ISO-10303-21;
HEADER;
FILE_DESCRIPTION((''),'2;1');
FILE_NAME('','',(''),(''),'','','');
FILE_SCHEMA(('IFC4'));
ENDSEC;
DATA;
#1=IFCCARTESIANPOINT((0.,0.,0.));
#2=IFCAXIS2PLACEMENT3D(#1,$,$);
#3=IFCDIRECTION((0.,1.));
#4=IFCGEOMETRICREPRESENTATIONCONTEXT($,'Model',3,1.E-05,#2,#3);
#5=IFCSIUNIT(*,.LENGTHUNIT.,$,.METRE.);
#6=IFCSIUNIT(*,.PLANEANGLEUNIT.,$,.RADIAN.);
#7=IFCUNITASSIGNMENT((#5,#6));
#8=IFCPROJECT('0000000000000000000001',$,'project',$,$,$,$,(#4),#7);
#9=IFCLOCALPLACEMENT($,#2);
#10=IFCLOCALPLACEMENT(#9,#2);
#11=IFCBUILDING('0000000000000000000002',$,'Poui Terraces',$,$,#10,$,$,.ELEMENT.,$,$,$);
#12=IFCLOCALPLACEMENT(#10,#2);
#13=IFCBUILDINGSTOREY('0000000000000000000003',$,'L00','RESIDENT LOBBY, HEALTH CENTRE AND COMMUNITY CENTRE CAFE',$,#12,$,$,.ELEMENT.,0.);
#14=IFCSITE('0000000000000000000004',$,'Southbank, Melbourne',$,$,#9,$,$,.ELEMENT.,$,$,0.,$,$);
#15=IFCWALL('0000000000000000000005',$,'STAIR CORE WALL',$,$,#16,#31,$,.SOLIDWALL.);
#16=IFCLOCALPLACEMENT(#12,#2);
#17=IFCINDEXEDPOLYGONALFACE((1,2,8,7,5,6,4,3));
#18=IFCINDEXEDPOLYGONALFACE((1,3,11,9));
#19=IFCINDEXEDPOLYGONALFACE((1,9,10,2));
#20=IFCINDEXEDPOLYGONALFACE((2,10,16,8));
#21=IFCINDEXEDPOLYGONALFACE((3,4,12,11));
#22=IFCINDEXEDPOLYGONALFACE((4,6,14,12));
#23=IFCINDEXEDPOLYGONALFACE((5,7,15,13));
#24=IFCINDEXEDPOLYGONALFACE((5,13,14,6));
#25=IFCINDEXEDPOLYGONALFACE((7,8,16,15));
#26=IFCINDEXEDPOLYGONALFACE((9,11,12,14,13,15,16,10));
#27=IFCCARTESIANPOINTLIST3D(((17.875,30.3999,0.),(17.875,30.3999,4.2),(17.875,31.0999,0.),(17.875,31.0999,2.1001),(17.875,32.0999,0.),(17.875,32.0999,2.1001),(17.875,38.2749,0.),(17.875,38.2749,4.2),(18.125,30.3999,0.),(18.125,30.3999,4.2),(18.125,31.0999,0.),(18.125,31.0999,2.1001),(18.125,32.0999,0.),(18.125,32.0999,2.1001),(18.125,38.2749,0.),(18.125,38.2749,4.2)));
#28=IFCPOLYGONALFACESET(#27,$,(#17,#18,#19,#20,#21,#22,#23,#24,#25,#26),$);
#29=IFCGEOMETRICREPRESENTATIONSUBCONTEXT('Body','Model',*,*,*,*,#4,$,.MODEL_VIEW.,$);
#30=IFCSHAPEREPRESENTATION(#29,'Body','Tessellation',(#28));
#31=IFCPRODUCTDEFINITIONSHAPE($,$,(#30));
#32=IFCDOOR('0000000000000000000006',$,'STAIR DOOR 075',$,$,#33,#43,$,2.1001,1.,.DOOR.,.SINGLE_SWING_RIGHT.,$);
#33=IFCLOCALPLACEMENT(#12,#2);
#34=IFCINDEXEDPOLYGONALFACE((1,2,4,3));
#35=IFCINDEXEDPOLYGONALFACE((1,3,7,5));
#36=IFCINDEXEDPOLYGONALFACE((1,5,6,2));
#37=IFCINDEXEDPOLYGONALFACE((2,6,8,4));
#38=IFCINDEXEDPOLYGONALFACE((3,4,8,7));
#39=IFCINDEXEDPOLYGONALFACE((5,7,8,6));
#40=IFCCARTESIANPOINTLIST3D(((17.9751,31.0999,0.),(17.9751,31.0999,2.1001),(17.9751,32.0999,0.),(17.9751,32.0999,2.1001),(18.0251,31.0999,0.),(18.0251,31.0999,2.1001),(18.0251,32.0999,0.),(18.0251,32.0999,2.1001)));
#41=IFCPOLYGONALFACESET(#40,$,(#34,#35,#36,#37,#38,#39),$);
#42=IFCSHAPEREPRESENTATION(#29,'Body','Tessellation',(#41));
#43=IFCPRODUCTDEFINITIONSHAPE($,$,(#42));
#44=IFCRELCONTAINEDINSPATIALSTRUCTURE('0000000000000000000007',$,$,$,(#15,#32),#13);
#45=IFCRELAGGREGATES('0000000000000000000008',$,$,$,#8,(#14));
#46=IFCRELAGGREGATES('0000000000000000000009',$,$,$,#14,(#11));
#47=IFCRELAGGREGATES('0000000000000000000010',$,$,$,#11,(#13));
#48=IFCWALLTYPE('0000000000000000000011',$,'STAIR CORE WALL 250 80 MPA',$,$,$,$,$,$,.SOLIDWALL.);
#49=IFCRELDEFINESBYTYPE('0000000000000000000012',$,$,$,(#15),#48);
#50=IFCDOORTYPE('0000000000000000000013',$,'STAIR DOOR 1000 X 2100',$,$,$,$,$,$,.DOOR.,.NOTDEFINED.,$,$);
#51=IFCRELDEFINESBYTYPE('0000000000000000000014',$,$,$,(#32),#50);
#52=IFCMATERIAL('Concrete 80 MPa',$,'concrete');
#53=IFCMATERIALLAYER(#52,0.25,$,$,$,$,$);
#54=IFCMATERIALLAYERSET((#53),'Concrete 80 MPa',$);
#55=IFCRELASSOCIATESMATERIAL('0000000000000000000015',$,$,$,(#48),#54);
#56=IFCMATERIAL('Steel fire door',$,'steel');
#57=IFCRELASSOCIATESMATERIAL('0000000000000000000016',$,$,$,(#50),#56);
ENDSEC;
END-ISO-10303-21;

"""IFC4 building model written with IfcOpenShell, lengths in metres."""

from ifc_helpers import new_model, si_unit, direction, frame, frame_2d, origin, place, context, subcontext, project, spatial, rectangle, extrude, material, layer, layer_set, type_object, element, fill, save


model = new_model("IFC4")

# Units and contexts
model_context = context("Model", 3, precision=1e-05, world=origin(), true_north=direction((0.0, 1.0)))
body_context = subcontext(model_context, "Body", "Model", "MODEL_VIEW")
ifc_project = project(units=[si_unit("LENGTHUNIT", "METRE"), si_unit("PLANEANGLEUNIT", "RADIAN")], contexts=[model_context])

# Site, building, storey
site_placement = place(None, origin())
site = spatial("IfcSite", under=ifc_project, at=site_placement, Name="Southbank, Melbourne", CompositionType="ELEMENT", RefElevation=0.0)
building_placement = place(site_placement, origin())
building = spatial("IfcBuilding", under=site, at=building_placement, Name="Poui Terraces", CompositionType="ELEMENT")
storey_placement = place(building_placement, origin())
storey = spatial("IfcBuildingStorey", under=building, at=storey_placement, Name="L00", Description="RESIDENT LOBBY, HEALTH CENTRE AND COMMUNITY CENTRE CAFE", CompositionType="ELEMENT", Elevation=0.0)

# Shared definitions
ifc_material_1 = material(Name="Concrete 80 MPa", Category="concrete")

# Shared definitions
ifc_material_2 = material(Name="Steel fire door", Category="steel")

# Shared definitions
ifc_layer_1 = layer(ifc_material_1, 0.25)
ifc_layer_set_1 = layer_set([ifc_layer_1], Name="Concrete 80 MPa")
wall_type_1 = type_object("IfcWallType", Name="STAIR CORE WALL 250 80 MPA", PredefinedType="SOLIDWALL", material=ifc_layer_set_1)

# Wall, opening, door
wall_1_placement = place(storey_placement, frame((18.0, 30.3999, 0.0), z_axis=(0.0, 0.0, 1.0), x_axis=(0.0, 1.0, 0.0)))
wall_1 = element("IfcWall", 1, at=wall_1_placement, inside=storey, type_object=wall_type_1, Name="STAIR CORE WALL", PredefinedType="SOLIDWALL", context=body_context, shape_type="SweptSolid", body=[
    extrude(rectangle(XDim=7.875, YDim=0.25, at=frame_2d((3.9375, 0.0))), origin(), (0.0, 0.0, 1.0), 4.2),
])
opening_1_placement = place(wall_1_placement, frame((0.7, 0.0, 0.0)))
opening_1 = element("IfcOpeningElement", 2, at=opening_1_placement, cuts=wall_1, PredefinedType="OPENING", context=body_context, shape_type="SweptSolid", body=[
    extrude(rectangle(XDim=1.0, YDim=2.1001, at=frame_2d((0.5, 1.05))), frame((0.0, 0.135, 0.0), z_axis=(0.0, -1.0, 0.0), x_axis=(1.0, 0.0, 0.0)), (0.0, 0.0, 1.0), 0.27),
])
door_type_1 = type_object("IfcDoorType", Name="STAIR DOOR 1000 X 2100", OperationType="NOTDEFINED", PredefinedType="DOOR", material=ifc_material_2)
door_1_placement = place(opening_1_placement, origin())
door_1 = element("IfcDoor", 3, at=door_1_placement, inside=storey, type_object=door_type_1, Name="STAIR DOOR 075", OperationType="SINGLE_SWING_RIGHT", OverallHeight=2.1001, OverallWidth=1.0, PredefinedType="DOOR", context=body_context, shape_type="SweptSolid", body=[
    extrude(rectangle(XDim=1.0, YDim=2.1001, at=frame_2d((0.5, 1.05))), frame((0.0, 0.0249, 0.0), z_axis=(0.0, -1.0, 0.0), x_axis=(1.0, 0.0, 0.0)), (0.0, 0.0, 1.0), 0.05),
])
fill(opening_1, door_1)

save(model, "model.ifc")
